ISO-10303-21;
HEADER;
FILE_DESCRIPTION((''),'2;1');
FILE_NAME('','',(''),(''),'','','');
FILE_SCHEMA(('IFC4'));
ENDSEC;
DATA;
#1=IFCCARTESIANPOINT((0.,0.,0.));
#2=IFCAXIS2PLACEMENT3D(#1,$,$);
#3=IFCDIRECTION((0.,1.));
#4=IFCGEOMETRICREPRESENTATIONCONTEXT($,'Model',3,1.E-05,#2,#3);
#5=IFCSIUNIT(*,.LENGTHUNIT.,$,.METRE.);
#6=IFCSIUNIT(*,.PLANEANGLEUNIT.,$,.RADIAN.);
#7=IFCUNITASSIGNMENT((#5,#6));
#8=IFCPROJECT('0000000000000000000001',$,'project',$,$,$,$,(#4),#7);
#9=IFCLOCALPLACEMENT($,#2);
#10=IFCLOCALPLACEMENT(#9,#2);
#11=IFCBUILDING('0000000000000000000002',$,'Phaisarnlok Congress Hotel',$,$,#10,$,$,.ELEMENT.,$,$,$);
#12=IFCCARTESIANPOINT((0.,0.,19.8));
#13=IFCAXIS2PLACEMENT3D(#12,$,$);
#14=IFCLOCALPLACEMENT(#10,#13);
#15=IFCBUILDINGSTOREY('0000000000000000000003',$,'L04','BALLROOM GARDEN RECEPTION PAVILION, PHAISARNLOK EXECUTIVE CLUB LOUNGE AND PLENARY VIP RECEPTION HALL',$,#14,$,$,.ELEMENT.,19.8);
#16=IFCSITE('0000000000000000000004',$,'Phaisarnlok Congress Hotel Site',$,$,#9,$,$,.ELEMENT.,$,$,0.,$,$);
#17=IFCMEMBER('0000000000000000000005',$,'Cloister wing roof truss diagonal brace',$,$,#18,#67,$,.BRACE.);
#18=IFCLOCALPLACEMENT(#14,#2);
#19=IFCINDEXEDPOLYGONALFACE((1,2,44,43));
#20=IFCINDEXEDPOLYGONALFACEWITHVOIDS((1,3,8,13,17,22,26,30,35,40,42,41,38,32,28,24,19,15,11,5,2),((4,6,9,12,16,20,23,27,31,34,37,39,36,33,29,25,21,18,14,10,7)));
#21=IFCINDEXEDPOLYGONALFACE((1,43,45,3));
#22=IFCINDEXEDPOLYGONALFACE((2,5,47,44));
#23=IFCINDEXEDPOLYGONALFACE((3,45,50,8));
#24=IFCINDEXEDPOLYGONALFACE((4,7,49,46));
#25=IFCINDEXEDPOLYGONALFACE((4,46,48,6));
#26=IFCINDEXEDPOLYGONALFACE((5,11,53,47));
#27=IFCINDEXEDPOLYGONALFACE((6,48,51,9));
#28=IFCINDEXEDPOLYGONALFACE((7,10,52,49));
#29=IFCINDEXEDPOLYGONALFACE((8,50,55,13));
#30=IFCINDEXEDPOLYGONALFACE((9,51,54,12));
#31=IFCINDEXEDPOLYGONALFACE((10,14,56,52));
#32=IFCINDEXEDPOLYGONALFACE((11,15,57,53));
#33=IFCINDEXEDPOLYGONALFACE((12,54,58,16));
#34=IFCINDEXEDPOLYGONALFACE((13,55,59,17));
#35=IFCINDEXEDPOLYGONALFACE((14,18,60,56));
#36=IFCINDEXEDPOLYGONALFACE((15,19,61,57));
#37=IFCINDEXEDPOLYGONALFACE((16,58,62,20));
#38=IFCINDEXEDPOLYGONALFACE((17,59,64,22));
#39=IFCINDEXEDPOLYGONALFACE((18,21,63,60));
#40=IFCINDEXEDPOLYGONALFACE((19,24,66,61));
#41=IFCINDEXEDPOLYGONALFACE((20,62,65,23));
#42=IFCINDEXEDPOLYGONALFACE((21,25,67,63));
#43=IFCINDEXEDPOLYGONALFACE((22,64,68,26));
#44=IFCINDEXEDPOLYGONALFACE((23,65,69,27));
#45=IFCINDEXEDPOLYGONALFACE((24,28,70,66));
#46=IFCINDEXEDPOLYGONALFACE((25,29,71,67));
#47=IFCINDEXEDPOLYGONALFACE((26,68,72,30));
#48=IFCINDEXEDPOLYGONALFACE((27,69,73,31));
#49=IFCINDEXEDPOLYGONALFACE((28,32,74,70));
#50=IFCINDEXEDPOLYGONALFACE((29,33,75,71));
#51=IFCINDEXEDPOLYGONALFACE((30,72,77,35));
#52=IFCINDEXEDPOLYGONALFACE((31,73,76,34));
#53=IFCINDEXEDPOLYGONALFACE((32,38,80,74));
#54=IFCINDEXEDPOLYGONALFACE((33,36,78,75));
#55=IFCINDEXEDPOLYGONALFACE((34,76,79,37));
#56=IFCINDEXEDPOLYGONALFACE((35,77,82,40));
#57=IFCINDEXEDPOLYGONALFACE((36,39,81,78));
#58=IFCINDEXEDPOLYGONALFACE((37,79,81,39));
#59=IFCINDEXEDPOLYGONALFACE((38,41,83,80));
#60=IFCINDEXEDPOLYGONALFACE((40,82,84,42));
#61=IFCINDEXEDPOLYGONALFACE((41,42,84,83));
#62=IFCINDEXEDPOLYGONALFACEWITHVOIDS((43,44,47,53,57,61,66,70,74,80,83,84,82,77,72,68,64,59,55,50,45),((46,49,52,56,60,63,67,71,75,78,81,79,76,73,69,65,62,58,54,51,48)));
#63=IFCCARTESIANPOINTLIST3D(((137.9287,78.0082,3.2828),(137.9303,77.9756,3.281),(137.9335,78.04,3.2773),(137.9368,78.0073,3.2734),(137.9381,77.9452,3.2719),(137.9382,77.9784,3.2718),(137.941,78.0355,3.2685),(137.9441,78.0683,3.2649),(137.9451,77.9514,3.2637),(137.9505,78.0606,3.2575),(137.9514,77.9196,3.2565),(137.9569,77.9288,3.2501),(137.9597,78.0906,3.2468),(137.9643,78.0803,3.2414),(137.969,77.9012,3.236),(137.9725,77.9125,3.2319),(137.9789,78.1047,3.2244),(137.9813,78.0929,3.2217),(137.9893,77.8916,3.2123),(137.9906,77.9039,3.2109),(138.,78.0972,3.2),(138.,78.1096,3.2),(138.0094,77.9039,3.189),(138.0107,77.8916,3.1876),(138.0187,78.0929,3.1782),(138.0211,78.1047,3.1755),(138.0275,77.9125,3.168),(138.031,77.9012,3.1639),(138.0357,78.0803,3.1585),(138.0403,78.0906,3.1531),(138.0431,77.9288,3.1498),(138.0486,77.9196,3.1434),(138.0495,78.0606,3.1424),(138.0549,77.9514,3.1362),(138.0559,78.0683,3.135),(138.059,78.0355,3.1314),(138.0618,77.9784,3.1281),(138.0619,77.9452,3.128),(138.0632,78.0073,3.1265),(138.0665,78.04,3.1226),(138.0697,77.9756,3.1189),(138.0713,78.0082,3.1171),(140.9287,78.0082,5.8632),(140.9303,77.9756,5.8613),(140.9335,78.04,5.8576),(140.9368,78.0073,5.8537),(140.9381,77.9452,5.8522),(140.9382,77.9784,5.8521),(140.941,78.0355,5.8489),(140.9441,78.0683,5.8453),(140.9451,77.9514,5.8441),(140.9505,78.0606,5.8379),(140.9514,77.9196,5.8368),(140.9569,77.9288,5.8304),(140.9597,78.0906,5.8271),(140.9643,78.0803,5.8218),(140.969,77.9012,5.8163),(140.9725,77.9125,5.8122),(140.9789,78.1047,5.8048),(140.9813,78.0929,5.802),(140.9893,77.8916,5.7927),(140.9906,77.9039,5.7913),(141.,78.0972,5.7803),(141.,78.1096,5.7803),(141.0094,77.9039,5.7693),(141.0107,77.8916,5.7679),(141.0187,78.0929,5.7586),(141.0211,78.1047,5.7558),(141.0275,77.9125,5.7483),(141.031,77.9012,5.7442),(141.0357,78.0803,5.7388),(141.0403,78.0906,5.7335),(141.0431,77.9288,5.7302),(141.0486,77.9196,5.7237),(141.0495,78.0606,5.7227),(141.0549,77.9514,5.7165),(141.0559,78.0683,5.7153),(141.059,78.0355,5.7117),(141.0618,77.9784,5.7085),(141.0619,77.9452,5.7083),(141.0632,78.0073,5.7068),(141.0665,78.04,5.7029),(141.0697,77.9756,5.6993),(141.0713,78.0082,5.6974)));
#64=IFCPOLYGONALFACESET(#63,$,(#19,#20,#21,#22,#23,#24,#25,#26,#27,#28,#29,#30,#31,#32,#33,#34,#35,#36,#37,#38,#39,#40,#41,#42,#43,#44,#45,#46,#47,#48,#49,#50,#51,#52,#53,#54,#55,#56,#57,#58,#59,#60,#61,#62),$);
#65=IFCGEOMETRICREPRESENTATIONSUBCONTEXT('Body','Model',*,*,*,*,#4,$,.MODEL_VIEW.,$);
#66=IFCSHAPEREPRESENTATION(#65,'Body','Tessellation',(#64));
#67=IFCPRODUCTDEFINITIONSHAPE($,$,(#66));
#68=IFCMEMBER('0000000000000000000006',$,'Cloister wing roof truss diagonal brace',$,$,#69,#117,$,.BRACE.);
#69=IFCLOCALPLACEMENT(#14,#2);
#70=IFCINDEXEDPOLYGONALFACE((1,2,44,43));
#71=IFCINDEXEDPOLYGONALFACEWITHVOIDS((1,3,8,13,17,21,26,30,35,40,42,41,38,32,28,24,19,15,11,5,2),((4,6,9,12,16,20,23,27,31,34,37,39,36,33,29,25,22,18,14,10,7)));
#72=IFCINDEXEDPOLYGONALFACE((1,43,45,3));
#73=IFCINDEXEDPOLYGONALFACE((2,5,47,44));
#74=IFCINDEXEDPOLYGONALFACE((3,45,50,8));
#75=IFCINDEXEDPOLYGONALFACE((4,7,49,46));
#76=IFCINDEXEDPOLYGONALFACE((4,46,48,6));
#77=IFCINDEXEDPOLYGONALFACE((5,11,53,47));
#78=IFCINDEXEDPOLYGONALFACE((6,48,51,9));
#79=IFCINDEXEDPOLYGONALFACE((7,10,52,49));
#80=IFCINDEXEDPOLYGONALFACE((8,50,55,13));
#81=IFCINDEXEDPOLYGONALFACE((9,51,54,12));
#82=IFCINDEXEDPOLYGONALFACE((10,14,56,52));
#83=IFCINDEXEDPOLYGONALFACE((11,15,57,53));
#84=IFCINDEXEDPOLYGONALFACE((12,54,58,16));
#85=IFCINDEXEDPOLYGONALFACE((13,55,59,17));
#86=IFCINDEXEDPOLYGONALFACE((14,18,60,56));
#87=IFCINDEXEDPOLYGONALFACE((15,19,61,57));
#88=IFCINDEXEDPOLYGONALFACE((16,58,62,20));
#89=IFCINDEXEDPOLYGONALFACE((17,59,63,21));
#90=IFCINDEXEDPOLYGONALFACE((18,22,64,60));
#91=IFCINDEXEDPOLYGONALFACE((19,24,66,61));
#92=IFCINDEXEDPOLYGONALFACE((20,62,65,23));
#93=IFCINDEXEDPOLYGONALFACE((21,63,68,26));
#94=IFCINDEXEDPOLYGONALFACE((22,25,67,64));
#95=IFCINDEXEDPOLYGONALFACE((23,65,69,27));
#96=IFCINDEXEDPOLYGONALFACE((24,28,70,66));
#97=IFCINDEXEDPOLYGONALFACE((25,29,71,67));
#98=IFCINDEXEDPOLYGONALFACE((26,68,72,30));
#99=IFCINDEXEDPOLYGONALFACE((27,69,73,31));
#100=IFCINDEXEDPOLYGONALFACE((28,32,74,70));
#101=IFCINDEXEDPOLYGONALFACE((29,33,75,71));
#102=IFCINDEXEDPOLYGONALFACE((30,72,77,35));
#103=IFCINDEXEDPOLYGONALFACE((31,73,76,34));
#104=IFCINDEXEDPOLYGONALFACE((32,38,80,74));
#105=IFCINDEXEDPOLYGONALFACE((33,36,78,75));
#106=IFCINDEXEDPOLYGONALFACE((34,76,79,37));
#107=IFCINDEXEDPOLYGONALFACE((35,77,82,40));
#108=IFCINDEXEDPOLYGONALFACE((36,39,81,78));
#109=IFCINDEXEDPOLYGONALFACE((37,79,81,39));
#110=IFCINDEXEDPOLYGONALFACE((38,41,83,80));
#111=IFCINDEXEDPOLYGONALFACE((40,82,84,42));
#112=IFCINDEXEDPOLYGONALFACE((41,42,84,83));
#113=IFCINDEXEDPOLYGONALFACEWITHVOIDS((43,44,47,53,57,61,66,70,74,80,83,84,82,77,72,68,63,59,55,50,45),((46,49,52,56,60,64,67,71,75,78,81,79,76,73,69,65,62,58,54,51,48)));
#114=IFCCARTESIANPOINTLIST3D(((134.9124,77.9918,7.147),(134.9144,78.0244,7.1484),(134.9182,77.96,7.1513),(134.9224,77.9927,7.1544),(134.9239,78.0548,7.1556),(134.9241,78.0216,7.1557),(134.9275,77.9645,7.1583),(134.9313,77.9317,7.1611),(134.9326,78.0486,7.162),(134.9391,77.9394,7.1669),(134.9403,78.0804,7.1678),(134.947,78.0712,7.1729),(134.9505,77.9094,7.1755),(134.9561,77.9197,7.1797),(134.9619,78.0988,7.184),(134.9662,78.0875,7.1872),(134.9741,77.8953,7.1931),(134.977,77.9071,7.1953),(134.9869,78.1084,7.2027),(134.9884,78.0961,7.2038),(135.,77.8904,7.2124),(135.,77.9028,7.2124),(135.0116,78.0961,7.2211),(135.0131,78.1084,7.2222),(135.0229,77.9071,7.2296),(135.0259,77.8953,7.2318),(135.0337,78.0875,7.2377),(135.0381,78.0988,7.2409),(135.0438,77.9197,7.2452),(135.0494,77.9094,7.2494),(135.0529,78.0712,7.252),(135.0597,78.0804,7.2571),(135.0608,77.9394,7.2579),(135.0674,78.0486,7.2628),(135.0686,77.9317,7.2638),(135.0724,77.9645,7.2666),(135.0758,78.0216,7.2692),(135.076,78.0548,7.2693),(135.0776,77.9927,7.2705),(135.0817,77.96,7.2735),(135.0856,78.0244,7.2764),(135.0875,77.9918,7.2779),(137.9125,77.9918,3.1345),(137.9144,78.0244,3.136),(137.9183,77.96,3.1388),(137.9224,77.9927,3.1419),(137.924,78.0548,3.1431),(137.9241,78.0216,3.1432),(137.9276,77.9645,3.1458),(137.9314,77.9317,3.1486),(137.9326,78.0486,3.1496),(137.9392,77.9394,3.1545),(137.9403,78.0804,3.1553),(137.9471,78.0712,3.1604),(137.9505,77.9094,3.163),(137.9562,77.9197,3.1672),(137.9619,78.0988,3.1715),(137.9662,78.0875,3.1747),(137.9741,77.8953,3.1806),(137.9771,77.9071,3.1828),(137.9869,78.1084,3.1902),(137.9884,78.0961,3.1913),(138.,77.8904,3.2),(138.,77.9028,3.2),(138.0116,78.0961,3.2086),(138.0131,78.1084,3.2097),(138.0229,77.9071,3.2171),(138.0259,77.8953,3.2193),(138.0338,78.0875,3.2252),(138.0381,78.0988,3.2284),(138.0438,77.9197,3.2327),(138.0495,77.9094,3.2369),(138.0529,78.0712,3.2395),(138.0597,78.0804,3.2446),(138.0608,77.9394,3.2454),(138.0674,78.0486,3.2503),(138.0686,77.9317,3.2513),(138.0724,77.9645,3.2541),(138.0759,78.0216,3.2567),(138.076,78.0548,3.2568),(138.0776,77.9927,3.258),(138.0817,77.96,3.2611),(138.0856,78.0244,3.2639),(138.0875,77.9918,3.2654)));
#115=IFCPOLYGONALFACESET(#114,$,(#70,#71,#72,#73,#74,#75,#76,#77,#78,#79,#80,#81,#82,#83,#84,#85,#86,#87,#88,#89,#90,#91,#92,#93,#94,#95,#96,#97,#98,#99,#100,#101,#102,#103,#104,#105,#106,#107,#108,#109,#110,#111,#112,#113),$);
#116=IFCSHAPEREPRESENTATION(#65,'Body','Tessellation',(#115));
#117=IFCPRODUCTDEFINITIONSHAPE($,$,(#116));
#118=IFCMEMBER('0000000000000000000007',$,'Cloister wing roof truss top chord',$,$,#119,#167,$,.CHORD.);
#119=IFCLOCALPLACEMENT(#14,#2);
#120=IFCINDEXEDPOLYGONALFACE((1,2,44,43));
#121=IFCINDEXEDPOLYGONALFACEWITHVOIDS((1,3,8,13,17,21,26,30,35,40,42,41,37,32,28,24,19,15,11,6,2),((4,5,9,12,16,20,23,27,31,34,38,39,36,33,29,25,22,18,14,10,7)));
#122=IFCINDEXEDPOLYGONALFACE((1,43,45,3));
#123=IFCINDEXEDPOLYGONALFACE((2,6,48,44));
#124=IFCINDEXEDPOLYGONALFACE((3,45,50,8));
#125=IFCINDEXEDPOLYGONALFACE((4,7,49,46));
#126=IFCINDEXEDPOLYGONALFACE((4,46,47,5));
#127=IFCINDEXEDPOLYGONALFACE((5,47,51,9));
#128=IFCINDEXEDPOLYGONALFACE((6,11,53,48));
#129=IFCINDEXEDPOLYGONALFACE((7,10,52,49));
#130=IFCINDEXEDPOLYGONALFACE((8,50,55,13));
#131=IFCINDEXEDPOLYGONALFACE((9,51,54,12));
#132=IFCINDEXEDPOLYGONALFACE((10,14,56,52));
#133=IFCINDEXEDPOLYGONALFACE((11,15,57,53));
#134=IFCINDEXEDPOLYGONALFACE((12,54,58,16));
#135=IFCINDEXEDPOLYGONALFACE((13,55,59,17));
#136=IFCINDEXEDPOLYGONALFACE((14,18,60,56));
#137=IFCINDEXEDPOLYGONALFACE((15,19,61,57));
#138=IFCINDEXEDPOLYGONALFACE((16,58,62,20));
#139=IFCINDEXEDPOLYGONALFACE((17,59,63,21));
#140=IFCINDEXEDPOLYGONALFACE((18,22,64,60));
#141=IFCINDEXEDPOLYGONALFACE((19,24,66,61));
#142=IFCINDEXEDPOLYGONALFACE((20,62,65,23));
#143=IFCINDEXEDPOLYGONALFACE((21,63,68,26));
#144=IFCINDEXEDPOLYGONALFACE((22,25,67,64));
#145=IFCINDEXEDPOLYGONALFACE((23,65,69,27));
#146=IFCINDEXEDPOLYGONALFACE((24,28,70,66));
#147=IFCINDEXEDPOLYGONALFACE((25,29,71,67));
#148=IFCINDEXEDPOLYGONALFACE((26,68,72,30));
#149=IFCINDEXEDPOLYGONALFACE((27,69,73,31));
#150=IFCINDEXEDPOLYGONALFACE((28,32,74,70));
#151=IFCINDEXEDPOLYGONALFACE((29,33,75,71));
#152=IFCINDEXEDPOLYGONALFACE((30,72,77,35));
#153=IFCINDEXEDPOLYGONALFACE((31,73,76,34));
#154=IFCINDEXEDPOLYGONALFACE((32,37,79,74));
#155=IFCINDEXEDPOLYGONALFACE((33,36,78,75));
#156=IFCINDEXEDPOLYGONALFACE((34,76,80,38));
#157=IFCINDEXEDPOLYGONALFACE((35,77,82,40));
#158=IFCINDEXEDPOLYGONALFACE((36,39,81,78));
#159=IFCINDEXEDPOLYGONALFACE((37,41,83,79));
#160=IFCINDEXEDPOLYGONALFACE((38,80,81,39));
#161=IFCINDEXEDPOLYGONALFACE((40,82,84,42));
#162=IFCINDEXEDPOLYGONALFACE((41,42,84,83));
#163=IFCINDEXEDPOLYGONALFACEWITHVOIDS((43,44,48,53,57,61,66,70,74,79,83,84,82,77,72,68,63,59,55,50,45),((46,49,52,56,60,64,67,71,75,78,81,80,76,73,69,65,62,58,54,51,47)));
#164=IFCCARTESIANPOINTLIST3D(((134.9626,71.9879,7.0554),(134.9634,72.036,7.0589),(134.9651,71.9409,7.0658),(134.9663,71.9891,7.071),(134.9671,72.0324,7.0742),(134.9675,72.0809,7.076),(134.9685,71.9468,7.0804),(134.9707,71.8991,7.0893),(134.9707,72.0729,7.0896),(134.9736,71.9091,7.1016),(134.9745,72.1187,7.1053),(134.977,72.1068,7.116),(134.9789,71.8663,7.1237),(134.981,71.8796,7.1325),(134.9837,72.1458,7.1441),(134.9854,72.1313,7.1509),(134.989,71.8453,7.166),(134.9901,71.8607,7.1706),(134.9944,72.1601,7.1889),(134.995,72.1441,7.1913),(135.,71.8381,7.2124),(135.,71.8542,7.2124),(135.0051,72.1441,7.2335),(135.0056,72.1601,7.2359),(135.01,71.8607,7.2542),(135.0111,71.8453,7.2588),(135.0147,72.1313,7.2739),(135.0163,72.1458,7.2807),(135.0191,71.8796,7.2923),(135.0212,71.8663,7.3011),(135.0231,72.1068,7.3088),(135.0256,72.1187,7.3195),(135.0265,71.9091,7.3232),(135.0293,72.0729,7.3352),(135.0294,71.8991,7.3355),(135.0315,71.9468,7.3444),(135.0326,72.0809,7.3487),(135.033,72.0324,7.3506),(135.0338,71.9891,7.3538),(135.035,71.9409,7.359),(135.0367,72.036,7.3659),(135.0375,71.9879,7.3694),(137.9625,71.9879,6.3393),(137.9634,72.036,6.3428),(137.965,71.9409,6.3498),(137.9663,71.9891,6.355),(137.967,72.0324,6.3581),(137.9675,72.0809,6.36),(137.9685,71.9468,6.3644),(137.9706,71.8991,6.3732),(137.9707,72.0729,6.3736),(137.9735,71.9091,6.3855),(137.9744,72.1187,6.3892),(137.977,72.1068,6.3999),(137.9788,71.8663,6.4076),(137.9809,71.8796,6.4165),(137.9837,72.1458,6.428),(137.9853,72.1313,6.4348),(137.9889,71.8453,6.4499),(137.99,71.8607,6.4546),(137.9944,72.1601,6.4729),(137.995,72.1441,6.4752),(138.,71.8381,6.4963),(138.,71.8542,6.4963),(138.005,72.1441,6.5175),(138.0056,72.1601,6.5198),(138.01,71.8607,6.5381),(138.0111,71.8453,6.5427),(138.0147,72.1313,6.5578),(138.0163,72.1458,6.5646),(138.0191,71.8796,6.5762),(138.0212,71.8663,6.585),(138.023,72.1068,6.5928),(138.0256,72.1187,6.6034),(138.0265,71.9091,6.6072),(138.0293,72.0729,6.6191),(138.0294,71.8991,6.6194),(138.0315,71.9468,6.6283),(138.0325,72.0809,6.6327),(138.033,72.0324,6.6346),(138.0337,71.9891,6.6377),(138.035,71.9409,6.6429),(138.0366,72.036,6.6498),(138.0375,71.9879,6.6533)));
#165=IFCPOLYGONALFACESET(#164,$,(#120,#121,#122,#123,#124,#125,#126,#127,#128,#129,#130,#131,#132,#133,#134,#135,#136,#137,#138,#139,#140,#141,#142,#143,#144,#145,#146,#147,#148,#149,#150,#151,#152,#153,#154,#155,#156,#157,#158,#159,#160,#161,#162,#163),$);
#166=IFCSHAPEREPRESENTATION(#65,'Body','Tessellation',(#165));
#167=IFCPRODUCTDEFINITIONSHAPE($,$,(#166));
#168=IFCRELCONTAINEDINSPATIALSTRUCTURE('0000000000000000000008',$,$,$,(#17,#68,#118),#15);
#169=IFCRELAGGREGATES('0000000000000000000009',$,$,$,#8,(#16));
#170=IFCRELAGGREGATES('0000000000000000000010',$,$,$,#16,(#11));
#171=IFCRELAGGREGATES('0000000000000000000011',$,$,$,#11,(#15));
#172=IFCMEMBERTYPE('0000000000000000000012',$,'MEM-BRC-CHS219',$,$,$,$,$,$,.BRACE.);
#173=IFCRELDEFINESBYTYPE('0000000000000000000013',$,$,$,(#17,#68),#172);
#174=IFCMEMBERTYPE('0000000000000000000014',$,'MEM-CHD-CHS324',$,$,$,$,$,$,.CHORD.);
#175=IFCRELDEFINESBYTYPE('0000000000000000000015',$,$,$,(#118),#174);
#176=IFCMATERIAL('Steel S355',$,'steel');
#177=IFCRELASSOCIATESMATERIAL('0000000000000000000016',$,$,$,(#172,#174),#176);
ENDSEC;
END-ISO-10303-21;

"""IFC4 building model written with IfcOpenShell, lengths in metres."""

from ifc_helpers import new_model, si_unit, direction, frame, origin, origin_2d, place, context, subcontext, project, spatial, hollow_circle, extrude, material, material_profile, profile_set, type_object, element, save


model = new_model("IFC4")

# Units and contexts
model_context = context("Model", 3, precision=1e-05, world=origin(), true_north=direction((0.0, 1.0)))
body_context = subcontext(model_context, "Body", "Model", "MODEL_VIEW")
ifc_project = project(units=[si_unit("LENGTHUNIT", "METRE"), si_unit("PLANEANGLEUNIT", "RADIAN")], contexts=[model_context])

# Site, building, storey
site_placement = place(None, origin())
site = spatial("IfcSite", under=ifc_project, at=site_placement, Name="Phaisarnlok Congress Hotel Site", CompositionType="ELEMENT", RefElevation=0.0)
building_placement = place(site_placement, origin())
building = spatial("IfcBuilding", under=site, at=building_placement, Name="Phaisarnlok Congress Hotel", CompositionType="ELEMENT")
storey_placement = place(building_placement, frame((0.0, 0.0, 19.8)))
storey = spatial("IfcBuildingStorey", under=building, at=storey_placement, Name="L04", Description="BALLROOM GARDEN RECEPTION PAVILION, PHAISARNLOK EXECUTIVE CLUB LOUNGE AND PLENARY VIP RECEPTION HALL", CompositionType="ELEMENT", Elevation=19.8)

# Shared definitions
ifc_material_1 = material(Name="Steel S355", Category="steel")

# Members
ifc_material_profile_1 = material_profile(ifc_material_1, hollow_circle(Radius=0.1096, WallThickness=0.0125, at=origin_2d()), Name="CHS 219.1x12.5")
ifc_profile_set_1 = profile_set([ifc_material_profile_1], Name="Steel S355")
member_type_1 = type_object("IfcMemberType", Name="MEM-BRC-CHS219", PredefinedType="BRACE", material=ifc_profile_set_1)
member_1_placement = place(storey_placement, frame((138.0, 78.0, 3.2), z_axis=(0.758145, 0.0, 0.652086), x_axis=(0.0, 1.0, 0.0)))
element("IfcMember", 1, at=member_1_placement, inside=storey, type_object=member_type_1, Name="Cloister wing roof truss diagonal brace", PredefinedType="BRACE", context=body_context, shape_type="SweptSolid", body=[
    extrude(hollow_circle(Radius=0.1096, WallThickness=0.0125, at=origin_2d()), origin(), (0.0, 0.0, 1.0), 3.957),
])
member_2_placement = place(storey_placement, frame((138.0, 78.0, 3.2), z_axis=(-0.598806, 0.0, 0.800894), x_axis=(0.0, -1.0, 0.0)))
element("IfcMember", 2, at=member_2_placement, inside=storey, type_object=member_type_1, Name="Cloister wing roof truss diagonal brace", PredefinedType="BRACE", context=body_context, shape_type="SweptSolid", body=[
    extrude(hollow_circle(Radius=0.1096, WallThickness=0.0125, at=origin_2d()), origin(), (0.0, 0.0, 1.0), 5.01),
])
ifc_material_profile_2 = material_profile(ifc_material_1, hollow_circle(Radius=0.1619, WallThickness=0.0161, at=origin_2d()), Name="CHS 323.9x16")
ifc_profile_set_2 = profile_set([ifc_material_profile_2], Name="Steel S355")
member_type_2 = type_object("IfcMemberType", Name="MEM-CHD-CHS324", PredefinedType="CHORD", material=ifc_profile_set_2)
for number, where, z_axis, x_axis, name in (
    (3, (138.0, 72.0, 6.4963), (-0.972676, 0.0, 0.232166), (0.0, -1.0, 0.0), "Cloister wing roof truss top chord"),
):
    element("IfcMember", number, at=place(storey_placement, frame(where, z_axis=z_axis, x_axis=x_axis)), inside=storey, type_object=member_type_2, Name=name, PredefinedType="CHORD", context=body_context, shape_type="SweptSolid", body=[
        extrude(hollow_circle(Radius=0.1619, WallThickness=0.0161, at=origin_2d()), origin(), (0.0, 0.0, 1.0), 3.0842),
    ])

save(model, "model.ifc")
